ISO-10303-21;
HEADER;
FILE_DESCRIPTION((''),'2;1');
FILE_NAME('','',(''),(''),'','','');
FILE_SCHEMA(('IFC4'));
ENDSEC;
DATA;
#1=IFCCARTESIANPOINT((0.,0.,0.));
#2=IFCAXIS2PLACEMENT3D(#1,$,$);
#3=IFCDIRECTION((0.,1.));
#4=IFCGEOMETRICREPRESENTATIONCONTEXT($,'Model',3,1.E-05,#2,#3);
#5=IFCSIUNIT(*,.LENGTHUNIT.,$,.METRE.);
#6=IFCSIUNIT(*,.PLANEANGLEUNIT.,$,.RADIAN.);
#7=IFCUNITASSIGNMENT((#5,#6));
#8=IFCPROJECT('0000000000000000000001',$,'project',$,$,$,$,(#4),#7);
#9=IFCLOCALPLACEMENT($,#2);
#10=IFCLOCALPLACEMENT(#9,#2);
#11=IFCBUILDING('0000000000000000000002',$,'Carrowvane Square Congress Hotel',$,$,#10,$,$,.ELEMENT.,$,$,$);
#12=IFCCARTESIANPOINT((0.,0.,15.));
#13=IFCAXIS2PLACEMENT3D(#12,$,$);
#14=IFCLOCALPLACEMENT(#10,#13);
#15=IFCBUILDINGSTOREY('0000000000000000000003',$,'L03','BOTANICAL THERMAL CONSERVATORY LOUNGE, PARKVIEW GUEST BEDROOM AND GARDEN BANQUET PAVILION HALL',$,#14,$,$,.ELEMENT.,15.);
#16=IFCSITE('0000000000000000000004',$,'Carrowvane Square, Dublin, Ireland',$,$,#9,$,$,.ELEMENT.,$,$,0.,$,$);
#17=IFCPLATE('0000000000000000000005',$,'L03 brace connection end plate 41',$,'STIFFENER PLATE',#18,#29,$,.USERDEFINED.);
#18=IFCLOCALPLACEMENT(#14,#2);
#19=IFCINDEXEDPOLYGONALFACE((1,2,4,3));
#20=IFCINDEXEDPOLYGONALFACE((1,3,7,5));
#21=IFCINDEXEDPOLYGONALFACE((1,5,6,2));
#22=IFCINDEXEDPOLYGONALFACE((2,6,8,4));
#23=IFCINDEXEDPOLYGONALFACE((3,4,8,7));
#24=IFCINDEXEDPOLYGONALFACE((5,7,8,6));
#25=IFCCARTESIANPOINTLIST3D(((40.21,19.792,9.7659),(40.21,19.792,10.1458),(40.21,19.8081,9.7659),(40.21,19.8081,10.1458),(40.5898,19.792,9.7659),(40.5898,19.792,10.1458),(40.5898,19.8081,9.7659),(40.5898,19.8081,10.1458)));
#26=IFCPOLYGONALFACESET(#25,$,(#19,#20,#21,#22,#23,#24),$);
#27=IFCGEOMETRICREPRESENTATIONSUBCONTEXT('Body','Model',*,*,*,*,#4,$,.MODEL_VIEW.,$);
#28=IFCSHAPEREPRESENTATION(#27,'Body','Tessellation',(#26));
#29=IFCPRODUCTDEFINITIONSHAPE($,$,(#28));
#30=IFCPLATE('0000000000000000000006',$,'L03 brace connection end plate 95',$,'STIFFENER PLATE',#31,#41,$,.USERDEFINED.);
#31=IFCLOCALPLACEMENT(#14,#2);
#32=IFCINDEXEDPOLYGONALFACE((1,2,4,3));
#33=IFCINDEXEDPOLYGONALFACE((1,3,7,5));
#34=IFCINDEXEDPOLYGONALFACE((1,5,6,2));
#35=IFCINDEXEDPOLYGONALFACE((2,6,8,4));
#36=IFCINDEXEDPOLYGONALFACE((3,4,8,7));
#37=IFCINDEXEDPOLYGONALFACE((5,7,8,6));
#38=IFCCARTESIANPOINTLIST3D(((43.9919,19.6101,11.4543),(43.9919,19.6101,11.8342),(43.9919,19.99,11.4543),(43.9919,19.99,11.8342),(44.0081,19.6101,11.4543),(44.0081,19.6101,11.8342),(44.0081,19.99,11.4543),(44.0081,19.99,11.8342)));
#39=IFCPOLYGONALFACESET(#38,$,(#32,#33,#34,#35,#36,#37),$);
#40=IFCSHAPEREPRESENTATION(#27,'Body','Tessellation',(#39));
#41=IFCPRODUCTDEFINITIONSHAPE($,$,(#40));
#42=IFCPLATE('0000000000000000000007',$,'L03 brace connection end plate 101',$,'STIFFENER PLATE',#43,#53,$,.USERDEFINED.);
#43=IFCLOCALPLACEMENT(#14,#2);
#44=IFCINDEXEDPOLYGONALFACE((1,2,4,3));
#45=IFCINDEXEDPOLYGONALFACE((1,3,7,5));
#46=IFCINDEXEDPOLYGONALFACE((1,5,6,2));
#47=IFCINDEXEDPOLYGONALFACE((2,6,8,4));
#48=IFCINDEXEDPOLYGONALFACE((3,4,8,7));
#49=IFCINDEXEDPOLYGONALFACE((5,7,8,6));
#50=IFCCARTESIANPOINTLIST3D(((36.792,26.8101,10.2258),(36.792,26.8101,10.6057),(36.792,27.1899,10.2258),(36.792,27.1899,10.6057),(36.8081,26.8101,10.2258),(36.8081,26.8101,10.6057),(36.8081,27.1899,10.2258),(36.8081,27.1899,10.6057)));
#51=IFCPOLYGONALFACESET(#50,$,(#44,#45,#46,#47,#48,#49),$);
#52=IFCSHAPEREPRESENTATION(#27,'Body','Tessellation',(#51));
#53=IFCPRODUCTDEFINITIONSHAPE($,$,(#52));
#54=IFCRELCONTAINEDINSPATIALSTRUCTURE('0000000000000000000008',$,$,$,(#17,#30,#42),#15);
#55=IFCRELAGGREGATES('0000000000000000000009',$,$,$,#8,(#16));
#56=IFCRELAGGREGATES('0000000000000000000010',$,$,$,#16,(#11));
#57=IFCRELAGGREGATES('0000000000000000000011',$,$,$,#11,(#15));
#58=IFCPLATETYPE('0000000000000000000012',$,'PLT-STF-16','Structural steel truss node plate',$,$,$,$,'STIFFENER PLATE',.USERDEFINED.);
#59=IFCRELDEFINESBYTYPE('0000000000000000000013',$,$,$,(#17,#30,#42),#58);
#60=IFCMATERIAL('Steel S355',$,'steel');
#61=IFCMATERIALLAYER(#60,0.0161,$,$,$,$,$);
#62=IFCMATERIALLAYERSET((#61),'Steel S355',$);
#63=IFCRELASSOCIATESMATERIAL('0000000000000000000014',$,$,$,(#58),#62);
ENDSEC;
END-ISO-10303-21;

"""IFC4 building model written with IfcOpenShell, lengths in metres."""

from ifc_helpers import new_model, si_unit, direction, frame, origin, origin_2d, place, context, subcontext, project, spatial, rectangle, extrude, material, layer, layer_set, type_object, element, save


model = new_model("IFC4")

# Units and contexts
model_context = context("Model", 3, precision=1e-05, world=origin(), true_north=direction((0.0, 1.0)))
body_context = subcontext(model_context, "Body", "Model", "MODEL_VIEW")
ifc_project = project(units=[si_unit("LENGTHUNIT", "METRE"), si_unit("PLANEANGLEUNIT", "RADIAN")], contexts=[model_context])

# Site, building, storey
site_placement = place(None, origin())
site = spatial("IfcSite", under=ifc_project, at=site_placement, Name="Carrowvane Square, Dublin, Ireland", CompositionType="ELEMENT", RefElevation=0.0)
building_placement = place(site_placement, origin())
building = spatial("IfcBuilding", under=site, at=building_placement, Name="Carrowvane Square Congress Hotel", CompositionType="ELEMENT")
storey_placement = place(building_placement, frame((0.0, 0.0, 15.0)))
storey = spatial("IfcBuildingStorey", under=building, at=storey_placement, Name="L03", Description="BOTANICAL THERMAL CONSERVATORY LOUNGE, PARKVIEW GUEST BEDROOM AND GARDEN BANQUET PAVILION HALL", CompositionType="ELEMENT", Elevation=15.0)

# Plates
ifc_material_1 = material(Name="Steel S355", Category="steel")
ifc_layer_1 = layer(ifc_material_1, 0.0161)
ifc_layer_set_1 = layer_set([ifc_layer_1], Name="Steel S355")
plate_type_1 = type_object("IfcPlateType", Name="PLT-STF-16", Description="Structural steel truss node plate", ElementType="STIFFENER PLATE", PredefinedType="USERDEFINED", material=ifc_layer_set_1)
plate_1_placement = place(storey_placement, frame((40.3999, 19.8, 9.7659), z_axis=(0.0, 0.0, 1.0), x_axis=(1.0, 0.0, 0.0)))
element("IfcPlate", 1, at=plate_1_placement, inside=storey, type_object=plate_type_1, Name="L03 brace connection end plate 41", ObjectType="STIFFENER PLATE", PredefinedType="USERDEFINED", context=body_context, shape_type="SweptSolid", body=[
    extrude(rectangle(XDim=0.3799, YDim=0.0161, at=origin_2d()), origin(), (0.0, 0.0, 1.0), 0.3799),
])
for number, where, z_axis, x_axis, name in (
    (2, (44.0, 19.8, 11.4543), (0.0, 0.0, 1.0), (1.0, 0.0, 0.0), "L03 brace connection end plate 95"),
    (3, (36.8, 27.0, 10.2258), (0.0, 0.0, 1.0), (1.0, 0.0, 0.0), "L03 brace connection end plate 101"),
):
    element("IfcPlate", number, at=place(storey_placement, frame(where, z_axis=z_axis, x_axis=x_axis)), inside=storey, type_object=plate_type_1, Name=name, ObjectType="STIFFENER PLATE", PredefinedType="USERDEFINED", context=body_context, shape_type="SweptSolid", body=[
        extrude(rectangle(XDim=0.0161, YDim=0.3799, at=origin_2d()), origin(), (0.0, 0.0, 1.0), 0.3799),
    ])

save(model, "model.ifc")
